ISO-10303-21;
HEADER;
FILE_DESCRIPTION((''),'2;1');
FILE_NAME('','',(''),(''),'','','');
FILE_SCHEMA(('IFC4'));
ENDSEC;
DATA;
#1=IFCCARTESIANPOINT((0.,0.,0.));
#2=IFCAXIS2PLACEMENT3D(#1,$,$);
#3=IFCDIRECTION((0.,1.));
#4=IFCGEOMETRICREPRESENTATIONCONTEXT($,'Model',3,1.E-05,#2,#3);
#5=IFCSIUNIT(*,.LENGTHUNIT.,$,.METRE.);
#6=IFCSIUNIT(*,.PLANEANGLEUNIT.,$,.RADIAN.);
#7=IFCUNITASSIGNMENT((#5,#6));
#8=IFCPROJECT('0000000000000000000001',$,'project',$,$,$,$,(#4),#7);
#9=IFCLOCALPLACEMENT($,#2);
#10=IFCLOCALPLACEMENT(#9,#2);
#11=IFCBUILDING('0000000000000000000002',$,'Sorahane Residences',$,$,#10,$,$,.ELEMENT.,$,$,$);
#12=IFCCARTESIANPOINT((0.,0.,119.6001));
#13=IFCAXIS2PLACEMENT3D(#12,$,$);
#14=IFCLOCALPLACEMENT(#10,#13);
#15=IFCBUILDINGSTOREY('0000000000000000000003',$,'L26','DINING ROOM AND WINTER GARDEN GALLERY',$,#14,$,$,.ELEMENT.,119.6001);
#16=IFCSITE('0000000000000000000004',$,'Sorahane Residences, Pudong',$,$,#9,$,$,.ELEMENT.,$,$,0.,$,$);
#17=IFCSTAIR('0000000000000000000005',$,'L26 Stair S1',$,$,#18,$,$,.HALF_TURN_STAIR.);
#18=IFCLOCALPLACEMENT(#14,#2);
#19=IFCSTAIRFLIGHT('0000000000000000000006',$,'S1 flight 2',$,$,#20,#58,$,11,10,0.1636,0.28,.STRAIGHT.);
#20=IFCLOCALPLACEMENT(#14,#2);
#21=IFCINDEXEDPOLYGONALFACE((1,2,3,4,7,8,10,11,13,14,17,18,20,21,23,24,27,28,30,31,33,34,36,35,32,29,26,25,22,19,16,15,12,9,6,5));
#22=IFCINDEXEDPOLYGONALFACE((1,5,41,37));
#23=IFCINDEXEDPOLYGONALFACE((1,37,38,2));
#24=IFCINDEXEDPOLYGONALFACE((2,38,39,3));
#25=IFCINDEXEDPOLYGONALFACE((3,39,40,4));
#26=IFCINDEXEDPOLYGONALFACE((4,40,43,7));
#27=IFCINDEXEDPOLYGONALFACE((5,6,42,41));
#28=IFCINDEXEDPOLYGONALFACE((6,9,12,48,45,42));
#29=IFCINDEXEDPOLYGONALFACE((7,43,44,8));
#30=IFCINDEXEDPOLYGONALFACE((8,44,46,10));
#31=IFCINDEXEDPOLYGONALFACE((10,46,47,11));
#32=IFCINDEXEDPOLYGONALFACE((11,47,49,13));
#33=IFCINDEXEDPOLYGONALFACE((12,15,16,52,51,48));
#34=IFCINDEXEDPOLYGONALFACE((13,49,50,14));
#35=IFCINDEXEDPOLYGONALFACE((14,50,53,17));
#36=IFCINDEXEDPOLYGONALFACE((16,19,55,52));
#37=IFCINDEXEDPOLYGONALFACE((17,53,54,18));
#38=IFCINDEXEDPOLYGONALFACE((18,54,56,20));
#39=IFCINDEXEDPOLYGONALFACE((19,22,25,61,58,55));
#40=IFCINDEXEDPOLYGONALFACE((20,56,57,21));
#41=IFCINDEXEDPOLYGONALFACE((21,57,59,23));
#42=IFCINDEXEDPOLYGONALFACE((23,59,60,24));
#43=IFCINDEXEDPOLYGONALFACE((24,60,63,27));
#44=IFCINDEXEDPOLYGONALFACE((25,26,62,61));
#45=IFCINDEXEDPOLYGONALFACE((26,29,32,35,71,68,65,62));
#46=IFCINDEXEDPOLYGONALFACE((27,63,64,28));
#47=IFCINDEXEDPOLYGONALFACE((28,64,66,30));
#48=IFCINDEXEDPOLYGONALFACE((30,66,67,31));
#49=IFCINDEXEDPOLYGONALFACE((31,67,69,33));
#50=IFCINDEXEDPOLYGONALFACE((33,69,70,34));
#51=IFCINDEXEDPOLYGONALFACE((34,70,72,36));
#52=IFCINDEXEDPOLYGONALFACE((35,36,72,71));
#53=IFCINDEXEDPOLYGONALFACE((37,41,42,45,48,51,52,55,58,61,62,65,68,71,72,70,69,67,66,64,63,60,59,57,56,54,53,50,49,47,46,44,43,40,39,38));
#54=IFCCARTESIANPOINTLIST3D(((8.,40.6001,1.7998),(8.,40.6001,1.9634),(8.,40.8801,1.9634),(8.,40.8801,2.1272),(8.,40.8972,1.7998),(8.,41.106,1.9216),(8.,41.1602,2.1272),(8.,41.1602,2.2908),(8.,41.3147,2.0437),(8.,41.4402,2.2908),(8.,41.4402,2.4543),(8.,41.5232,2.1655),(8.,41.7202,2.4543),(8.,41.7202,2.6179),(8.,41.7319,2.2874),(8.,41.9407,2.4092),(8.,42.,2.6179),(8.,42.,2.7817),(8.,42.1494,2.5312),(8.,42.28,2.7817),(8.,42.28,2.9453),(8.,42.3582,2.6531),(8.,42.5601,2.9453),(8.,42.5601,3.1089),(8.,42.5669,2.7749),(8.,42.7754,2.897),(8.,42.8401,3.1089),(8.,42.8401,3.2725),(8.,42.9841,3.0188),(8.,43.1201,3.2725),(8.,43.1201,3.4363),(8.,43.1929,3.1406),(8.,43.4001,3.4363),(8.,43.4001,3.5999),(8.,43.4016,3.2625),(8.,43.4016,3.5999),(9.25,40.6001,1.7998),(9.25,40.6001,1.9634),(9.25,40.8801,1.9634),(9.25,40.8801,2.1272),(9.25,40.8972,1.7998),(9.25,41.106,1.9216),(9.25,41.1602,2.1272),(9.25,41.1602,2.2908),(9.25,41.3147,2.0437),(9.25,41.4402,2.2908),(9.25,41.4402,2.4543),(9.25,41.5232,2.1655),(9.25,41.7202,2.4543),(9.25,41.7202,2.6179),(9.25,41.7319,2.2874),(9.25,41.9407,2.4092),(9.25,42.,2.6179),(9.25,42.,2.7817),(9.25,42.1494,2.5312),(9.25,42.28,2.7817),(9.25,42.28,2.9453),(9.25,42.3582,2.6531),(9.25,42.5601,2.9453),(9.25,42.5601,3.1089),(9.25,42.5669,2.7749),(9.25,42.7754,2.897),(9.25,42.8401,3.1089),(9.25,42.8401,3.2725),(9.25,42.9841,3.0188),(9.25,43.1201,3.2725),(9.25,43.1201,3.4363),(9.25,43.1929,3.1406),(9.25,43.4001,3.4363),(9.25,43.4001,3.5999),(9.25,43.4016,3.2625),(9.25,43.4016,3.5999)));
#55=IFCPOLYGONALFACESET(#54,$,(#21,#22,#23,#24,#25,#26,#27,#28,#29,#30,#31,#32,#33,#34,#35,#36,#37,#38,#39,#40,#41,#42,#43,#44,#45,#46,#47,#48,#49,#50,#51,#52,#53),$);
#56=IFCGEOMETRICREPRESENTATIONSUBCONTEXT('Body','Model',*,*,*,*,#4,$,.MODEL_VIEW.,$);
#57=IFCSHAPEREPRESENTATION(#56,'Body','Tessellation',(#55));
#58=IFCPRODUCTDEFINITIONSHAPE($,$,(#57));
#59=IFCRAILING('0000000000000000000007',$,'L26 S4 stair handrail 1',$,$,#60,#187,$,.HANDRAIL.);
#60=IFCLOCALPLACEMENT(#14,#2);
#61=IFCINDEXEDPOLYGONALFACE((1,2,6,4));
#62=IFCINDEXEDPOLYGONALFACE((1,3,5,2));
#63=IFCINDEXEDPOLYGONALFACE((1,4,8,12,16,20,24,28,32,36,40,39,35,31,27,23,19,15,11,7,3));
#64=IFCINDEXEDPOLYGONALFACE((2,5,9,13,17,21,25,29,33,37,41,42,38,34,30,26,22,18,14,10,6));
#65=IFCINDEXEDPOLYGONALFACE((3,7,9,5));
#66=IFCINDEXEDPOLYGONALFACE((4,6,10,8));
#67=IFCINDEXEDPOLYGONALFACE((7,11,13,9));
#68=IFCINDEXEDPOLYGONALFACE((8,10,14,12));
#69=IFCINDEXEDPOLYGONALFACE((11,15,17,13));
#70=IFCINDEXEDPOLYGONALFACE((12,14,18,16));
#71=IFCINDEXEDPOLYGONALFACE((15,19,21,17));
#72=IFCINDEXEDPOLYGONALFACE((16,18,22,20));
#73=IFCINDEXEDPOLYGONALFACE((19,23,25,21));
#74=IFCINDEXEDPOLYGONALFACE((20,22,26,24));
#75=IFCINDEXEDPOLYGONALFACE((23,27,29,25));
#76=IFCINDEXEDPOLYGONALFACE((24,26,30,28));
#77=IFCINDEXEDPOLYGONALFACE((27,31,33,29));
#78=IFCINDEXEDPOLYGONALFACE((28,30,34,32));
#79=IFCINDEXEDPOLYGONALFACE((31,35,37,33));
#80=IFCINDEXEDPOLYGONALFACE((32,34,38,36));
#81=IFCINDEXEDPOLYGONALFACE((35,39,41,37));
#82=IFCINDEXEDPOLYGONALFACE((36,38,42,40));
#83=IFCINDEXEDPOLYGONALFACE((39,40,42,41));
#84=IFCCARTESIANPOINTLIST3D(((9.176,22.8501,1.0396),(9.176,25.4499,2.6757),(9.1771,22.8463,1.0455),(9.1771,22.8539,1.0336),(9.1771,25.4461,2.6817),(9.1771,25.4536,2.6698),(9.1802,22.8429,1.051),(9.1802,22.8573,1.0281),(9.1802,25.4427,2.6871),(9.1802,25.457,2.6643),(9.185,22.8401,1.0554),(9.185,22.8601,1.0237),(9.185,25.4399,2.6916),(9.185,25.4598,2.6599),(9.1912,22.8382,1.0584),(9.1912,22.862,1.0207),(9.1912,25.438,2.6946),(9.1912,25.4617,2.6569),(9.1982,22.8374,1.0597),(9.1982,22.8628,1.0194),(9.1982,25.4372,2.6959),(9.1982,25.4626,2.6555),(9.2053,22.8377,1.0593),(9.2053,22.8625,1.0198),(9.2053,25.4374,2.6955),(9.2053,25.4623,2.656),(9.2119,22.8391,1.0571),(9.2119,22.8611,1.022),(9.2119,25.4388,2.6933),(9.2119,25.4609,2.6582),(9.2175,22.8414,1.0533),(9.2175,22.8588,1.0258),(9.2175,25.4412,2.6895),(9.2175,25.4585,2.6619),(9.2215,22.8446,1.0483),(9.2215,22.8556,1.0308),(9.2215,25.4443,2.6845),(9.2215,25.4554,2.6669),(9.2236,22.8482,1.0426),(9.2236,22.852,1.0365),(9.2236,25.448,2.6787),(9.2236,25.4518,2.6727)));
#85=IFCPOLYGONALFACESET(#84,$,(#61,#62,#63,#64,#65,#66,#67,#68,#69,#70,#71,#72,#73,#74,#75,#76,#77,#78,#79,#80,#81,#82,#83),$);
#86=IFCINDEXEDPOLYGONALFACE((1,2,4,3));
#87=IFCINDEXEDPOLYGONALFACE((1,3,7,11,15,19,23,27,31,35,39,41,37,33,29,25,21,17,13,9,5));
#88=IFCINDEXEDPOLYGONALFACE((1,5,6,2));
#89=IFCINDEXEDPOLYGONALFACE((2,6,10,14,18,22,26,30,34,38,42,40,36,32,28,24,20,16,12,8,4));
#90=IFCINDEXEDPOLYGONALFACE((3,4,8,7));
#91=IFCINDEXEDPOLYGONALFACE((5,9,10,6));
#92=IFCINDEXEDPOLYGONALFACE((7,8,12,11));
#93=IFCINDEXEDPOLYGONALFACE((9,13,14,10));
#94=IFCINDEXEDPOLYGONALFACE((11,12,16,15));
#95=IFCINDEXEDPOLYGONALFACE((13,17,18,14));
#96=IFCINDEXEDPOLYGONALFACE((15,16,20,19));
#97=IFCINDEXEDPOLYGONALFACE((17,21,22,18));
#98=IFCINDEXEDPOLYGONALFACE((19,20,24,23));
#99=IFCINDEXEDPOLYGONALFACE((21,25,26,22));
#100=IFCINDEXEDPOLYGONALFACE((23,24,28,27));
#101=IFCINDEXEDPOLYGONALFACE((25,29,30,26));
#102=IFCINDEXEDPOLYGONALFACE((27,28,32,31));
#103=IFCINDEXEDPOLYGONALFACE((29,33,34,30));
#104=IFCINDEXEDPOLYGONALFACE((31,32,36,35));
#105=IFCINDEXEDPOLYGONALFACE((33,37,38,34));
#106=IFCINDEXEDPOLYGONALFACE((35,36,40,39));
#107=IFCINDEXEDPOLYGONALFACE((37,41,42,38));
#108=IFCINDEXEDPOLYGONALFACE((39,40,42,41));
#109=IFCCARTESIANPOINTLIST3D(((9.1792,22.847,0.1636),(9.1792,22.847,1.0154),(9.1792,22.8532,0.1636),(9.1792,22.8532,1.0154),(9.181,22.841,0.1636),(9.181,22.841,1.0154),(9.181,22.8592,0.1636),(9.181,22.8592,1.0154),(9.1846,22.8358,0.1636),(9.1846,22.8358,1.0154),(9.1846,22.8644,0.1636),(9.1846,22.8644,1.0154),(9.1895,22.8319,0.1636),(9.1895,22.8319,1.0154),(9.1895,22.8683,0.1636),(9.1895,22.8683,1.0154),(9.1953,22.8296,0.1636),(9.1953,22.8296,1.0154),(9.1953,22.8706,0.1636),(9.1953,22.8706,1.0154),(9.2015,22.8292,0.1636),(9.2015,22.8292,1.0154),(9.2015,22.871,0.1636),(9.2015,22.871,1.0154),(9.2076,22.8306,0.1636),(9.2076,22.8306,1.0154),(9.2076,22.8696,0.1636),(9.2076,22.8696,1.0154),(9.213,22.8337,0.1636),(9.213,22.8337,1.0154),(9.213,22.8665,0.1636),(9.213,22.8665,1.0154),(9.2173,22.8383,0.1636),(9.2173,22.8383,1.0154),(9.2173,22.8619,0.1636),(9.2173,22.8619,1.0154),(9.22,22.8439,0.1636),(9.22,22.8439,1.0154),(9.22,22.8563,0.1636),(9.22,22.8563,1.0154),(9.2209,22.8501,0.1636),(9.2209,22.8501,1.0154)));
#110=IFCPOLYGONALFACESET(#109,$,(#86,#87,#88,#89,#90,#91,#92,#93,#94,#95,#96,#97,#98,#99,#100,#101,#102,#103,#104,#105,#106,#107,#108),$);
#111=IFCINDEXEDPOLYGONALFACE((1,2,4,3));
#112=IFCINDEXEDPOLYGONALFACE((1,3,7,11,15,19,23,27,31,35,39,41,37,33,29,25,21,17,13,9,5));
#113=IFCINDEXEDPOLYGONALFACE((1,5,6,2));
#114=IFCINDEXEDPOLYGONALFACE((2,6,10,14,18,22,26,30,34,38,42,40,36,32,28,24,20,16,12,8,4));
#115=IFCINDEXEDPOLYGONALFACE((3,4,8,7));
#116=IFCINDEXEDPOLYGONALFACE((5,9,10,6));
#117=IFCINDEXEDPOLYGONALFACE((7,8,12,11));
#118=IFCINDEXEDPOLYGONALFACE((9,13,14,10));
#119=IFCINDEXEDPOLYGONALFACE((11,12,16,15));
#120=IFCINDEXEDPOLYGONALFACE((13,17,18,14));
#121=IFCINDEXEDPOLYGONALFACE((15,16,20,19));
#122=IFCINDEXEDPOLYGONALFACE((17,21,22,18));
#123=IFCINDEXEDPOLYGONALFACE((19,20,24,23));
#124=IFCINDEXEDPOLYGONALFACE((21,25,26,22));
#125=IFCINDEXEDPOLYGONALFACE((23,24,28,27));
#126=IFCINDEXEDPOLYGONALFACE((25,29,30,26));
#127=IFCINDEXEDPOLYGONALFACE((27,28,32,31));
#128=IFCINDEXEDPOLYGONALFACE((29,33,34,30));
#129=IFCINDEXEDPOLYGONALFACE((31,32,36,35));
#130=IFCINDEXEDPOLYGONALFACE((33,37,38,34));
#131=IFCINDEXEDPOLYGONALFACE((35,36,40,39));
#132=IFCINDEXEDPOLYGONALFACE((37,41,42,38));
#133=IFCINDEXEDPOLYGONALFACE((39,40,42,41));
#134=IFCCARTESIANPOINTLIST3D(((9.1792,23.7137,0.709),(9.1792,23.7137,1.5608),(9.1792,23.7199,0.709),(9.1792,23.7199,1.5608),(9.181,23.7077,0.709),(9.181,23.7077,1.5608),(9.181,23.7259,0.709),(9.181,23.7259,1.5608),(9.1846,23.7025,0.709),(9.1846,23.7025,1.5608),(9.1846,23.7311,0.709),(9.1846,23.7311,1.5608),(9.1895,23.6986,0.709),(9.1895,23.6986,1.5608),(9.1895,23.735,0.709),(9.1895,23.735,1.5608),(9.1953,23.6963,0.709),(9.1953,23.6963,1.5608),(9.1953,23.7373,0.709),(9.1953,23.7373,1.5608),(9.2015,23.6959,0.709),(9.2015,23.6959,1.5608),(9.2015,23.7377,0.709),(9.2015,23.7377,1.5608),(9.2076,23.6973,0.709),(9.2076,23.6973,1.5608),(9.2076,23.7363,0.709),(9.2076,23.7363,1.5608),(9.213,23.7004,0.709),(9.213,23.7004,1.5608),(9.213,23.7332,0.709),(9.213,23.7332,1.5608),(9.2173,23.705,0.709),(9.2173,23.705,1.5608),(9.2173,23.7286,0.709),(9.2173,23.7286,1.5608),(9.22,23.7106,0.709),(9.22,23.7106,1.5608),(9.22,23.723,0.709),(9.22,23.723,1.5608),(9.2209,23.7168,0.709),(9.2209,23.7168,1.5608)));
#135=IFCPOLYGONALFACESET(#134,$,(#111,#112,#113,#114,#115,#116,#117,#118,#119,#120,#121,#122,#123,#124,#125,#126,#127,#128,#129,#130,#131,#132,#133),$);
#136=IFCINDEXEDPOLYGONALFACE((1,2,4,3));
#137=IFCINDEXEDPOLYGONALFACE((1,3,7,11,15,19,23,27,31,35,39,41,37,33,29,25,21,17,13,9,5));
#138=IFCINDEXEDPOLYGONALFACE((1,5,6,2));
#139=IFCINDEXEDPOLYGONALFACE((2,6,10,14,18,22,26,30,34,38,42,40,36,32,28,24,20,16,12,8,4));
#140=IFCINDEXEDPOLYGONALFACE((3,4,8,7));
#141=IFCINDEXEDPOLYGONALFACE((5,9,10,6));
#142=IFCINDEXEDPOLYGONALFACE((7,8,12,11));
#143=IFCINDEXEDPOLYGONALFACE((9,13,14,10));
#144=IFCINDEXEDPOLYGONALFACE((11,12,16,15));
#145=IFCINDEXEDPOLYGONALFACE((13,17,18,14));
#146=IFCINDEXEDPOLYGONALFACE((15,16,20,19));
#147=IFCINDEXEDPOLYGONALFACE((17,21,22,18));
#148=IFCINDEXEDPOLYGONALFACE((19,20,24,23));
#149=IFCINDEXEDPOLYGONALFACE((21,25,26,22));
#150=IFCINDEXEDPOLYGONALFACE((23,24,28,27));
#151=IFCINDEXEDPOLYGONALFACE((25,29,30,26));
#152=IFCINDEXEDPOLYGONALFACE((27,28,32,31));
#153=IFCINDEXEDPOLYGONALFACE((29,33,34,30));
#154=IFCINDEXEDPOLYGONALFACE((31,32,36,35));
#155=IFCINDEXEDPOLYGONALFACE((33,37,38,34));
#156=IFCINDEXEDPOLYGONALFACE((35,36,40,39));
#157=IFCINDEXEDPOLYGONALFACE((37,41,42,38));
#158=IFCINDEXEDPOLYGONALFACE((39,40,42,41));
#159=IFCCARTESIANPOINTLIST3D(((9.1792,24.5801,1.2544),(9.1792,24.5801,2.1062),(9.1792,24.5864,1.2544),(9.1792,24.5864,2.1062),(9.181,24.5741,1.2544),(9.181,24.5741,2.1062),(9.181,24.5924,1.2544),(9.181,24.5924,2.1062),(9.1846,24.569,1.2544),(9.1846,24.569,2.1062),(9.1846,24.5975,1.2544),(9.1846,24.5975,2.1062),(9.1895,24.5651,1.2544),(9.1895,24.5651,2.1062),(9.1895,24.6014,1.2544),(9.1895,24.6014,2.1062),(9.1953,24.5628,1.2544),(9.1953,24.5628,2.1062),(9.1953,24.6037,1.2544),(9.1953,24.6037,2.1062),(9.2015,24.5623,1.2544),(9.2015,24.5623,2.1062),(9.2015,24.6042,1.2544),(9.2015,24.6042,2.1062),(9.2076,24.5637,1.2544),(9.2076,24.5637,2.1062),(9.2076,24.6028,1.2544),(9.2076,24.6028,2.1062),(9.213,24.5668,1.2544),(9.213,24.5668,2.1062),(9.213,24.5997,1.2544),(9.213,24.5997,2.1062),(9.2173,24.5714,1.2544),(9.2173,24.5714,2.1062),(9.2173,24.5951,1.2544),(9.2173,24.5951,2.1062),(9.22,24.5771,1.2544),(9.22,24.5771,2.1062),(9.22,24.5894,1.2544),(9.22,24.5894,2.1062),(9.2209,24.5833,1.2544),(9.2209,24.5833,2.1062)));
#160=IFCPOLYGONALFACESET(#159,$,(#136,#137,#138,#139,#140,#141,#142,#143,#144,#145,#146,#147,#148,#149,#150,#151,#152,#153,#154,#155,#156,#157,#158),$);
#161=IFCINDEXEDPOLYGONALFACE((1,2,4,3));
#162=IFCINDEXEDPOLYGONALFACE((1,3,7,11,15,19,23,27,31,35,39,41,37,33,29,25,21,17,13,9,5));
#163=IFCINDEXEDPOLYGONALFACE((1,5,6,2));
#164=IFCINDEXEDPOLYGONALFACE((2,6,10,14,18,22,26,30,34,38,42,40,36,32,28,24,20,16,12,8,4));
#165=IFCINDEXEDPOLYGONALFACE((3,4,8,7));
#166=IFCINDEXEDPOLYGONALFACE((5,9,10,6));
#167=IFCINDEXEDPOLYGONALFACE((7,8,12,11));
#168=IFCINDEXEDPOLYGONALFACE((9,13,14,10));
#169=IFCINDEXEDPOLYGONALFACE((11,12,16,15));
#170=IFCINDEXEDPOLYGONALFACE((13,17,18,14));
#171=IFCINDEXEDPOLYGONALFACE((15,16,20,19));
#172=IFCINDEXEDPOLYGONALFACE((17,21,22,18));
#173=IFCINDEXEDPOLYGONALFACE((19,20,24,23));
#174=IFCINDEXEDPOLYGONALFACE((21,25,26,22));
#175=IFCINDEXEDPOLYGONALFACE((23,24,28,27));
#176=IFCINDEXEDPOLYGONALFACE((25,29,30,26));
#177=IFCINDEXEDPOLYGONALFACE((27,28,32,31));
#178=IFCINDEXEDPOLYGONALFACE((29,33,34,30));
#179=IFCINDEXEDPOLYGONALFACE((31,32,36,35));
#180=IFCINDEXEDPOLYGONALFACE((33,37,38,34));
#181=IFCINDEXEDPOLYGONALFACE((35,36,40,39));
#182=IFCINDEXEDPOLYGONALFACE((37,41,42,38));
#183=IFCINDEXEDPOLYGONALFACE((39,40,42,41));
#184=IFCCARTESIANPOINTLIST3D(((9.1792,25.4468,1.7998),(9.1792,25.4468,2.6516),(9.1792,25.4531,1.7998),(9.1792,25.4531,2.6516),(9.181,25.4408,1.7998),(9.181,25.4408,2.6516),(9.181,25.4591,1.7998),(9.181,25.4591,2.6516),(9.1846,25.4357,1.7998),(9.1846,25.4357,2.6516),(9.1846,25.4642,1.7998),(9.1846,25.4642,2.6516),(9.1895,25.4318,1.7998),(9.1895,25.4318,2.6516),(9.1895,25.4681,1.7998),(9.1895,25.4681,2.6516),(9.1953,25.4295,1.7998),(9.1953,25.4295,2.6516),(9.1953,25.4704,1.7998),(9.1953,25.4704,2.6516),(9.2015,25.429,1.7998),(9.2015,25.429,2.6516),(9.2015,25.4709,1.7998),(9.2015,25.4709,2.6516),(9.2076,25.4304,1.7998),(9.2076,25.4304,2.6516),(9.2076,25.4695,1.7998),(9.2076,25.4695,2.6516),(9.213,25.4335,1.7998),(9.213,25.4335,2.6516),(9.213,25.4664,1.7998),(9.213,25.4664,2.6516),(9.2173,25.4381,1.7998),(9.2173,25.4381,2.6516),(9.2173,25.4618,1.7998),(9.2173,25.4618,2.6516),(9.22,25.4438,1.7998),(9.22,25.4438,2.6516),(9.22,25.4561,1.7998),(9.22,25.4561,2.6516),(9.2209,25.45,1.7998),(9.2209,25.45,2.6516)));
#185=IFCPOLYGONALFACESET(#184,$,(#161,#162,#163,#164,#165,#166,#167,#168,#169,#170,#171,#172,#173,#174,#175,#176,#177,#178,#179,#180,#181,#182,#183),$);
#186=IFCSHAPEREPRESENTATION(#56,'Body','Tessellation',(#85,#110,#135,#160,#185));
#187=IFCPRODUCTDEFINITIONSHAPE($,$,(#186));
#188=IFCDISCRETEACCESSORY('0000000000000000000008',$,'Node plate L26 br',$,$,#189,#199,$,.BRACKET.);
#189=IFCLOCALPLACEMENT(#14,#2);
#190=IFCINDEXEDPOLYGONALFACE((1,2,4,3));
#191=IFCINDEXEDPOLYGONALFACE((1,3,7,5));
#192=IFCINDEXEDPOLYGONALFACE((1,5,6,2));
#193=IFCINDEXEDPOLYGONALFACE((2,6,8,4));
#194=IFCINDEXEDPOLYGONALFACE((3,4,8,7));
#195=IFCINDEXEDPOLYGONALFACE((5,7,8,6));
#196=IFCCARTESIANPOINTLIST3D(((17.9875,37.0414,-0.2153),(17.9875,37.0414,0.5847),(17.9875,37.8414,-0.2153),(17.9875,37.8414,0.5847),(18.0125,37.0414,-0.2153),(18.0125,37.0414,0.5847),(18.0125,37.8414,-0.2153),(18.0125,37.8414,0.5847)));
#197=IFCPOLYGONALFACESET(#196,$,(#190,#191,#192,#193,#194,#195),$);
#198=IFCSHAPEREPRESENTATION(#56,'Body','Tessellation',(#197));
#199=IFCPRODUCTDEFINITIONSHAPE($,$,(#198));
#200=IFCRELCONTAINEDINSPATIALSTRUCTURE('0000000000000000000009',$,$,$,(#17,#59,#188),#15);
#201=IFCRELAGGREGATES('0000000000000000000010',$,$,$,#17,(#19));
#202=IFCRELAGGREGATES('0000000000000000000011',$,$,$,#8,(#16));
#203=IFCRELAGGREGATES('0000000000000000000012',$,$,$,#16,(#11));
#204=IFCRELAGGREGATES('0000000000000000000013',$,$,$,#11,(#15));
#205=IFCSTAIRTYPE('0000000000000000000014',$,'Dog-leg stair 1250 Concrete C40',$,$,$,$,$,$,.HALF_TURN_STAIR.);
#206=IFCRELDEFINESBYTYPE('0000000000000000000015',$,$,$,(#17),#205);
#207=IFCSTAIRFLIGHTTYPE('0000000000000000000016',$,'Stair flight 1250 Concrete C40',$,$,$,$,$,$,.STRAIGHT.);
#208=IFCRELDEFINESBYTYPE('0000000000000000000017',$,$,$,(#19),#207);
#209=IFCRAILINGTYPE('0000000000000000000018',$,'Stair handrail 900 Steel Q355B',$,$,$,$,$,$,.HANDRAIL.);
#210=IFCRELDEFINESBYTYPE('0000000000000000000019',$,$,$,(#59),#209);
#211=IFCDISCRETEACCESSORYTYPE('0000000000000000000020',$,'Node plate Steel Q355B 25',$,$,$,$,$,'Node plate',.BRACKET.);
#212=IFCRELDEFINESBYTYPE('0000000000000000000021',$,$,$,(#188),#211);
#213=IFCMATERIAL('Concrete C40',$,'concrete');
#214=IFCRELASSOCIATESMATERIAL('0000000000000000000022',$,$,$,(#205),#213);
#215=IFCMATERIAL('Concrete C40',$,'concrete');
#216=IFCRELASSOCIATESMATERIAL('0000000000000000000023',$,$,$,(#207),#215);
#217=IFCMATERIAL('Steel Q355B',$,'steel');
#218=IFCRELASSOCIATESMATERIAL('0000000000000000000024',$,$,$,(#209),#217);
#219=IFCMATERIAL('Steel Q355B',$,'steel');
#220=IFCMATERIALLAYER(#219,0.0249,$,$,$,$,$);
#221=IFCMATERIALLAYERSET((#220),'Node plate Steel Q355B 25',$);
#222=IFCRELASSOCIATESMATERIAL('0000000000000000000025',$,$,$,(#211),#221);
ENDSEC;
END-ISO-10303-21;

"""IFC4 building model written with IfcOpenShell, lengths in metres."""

from ifc_helpers import new_model, si_unit, direction, frame, origin, origin_2d, place, context, subcontext, project, spatial, polyline, rectangle, circle, outline, extrude, material, layer, layer_set, type_object, element, aggregate, save


model = new_model("IFC4")

# Units and contexts
model_context = context("Model", 3, precision=1e-05, world=origin(), true_north=direction((0.0, 1.0)))
body_context = subcontext(model_context, "Body", "Model", "MODEL_VIEW")
ifc_project = project(units=[si_unit("LENGTHUNIT", "METRE"), si_unit("PLANEANGLEUNIT", "RADIAN")], contexts=[model_context])

# Site, building, storey
site_placement = place(None, origin())
site = spatial("IfcSite", under=ifc_project, at=site_placement, Name="Sorahane Residences, Pudong", CompositionType="ELEMENT", RefElevation=0.0)
building_placement = place(site_placement, origin())
building = spatial("IfcBuilding", under=site, at=building_placement, Name="Sorahane Residences", CompositionType="ELEMENT")
storey_placement = place(building_placement, frame((0.0, 0.0, 119.6001)))
storey = spatial("IfcBuildingStorey", under=building, at=storey_placement, Name="L26", Description="DINING ROOM AND WINTER GARDEN GALLERY", CompositionType="ELEMENT", Elevation=119.6001)

# Stair, stair flight
ifc_material_1 = material(Name="Concrete C40", Category="concrete")
stair_type = type_object("IfcStairType", Name="Dog-leg stair 1250 Concrete C40", PredefinedType="HALF_TURN_STAIR", material=ifc_material_1)
stair_placement = place(storey_placement, origin())
stair = element("IfcStair", 1, at=stair_placement, inside=storey, type_object=stair_type, Name="L26 Stair S1", PredefinedType="HALF_TURN_STAIR")
ifc_material_2 = material(Name="Concrete C40", Category="concrete")
stair_flight_type = type_object("IfcStairFlightType", Name="Stair flight 1250 Concrete C40", PredefinedType="STRAIGHT", material=ifc_material_2)
stair_flight_placement = place(storey_placement, frame((8.625, 40.6001, 1.7998), z_axis=(0.0, 0.0, 1.0), x_axis=(0.0, 1.0, 0.0)))
stair_flight = element("IfcStairFlight", 2, at=stair_flight_placement, type_object=stair_flight_type, Name="S1 flight 2", NumberOfRisers=11, NumberOfTreads=10, PredefinedType="STRAIGHT", RiserHeight=0.1636, TreadLength=0.28, context=body_context, shape_type="SweptSolid", body=[
    extrude(outline(polyline([(0.0, 0.0), (0.0, 0.1636), (0.28, 0.1636), (0.28, 0.3274), (0.5601, 0.3274), (0.5601, 0.491), (0.8401, 0.491), (0.8401, 0.6545), (1.1201, 0.6545), (1.1201, 0.8181), (1.3999, 0.8181), (1.3999, 0.9819), (1.6799, 0.9819), (1.6799, 1.1455), (1.96, 1.1455), (1.96, 1.3091), (2.24, 1.3091), (2.24, 1.4727), (2.52, 1.4727), (2.52, 1.6365), (2.8, 1.6365), (2.8, 1.8), (2.8015, 1.8), (2.8015, 1.4626), (2.5928, 1.3408), (2.384, 1.219), (2.1753, 1.0972), (1.9668, 0.9751), (1.7581, 0.8533), (1.5493, 0.7314), (1.3406, 0.6094), (1.1318, 0.4875), (0.9231, 0.3657), (0.7146, 0.2439), (0.5059, 0.1218), (0.2971, 0.0), (0.0, 0.0)])), frame((0.0, 0.625, 0.0), z_axis=(0.0, -1.0, 0.0), x_axis=(1.0, 0.0, 0.0)), (0.0, 0.0, 1.0), 1.25),
])
aggregate(stair, [stair_flight])

# Railing
ifc_material_3 = material(Name="Steel Q355B", Category="steel")
railing_type = type_object("IfcRailingType", Name="Stair handrail 900 Steel Q355B", PredefinedType="HANDRAIL", material=ifc_material_3)
railing_placement = place(storey_placement, frame((9.2, 22.8501, 0.1636)))
element("IfcRailing", 3, at=railing_placement, inside=storey, type_object=railing_type, Name="L26 S4 stair handrail 1", PredefinedType="HANDRAIL", context=body_context, shape_type="SweptSolid", body=[
    extrude(circle(Radius=0.0239, at=origin_2d()), frame((0.0, 0.0, 0.876), z_axis=(0.0, 0.846338, 0.532647), x_axis=(-1.0, 0.0, 0.0)), (0.0, 0.0, 1.0), 3.0718),
    extrude(circle(Radius=0.021, at=origin_2d()), origin(), (0.0, 0.0, 1.0), 0.8518),
    extrude(circle(Radius=0.021, at=origin_2d()), frame((0.0, 0.8667, 0.5454)), (0.0, 0.0, 1.0), 0.8518),
    extrude(circle(Radius=0.021, at=origin_2d()), frame((0.0, 1.7332, 1.0908)), (0.0, 0.0, 1.0), 0.8518),
    extrude(circle(Radius=0.021, at=origin_2d()), frame((0.0, 2.5999, 1.6362)), (0.0, 0.0, 1.0), 0.8518),
])

# Discrete accessory
ifc_material_4 = material(Name="Steel Q355B", Category="steel")
ifc_layer_1 = layer(ifc_material_4, 0.0249)
ifc_layer_set_1 = layer_set([ifc_layer_1], Name="Node plate Steel Q355B 25")
discrete_accessory_type = type_object("IfcDiscreteAccessoryType", Name="Node plate Steel Q355B 25", ElementType="Node plate", PredefinedType="BRACKET", material=ifc_layer_set_1)
for number, where, z_axis, x_axis, name in (
    (4, (18.0, 37.4414, -0.2153), (0.0, 0.0, 1.0), (0.0, 1.0, 0.0), "Node plate L26 br"),
):
    element("IfcDiscreteAccessory", number, at=place(storey_placement, frame(where, z_axis=z_axis, x_axis=x_axis)), inside=storey, type_object=discrete_accessory_type, Name=name, PredefinedType="BRACKET", context=body_context, shape_type="SweptSolid", body=[
        extrude(rectangle(XDim=0.8, YDim=0.0249, at=origin_2d()), origin(), (0.0, 0.0, 1.0), 0.8),
    ])

save(model, "model.ifc")
